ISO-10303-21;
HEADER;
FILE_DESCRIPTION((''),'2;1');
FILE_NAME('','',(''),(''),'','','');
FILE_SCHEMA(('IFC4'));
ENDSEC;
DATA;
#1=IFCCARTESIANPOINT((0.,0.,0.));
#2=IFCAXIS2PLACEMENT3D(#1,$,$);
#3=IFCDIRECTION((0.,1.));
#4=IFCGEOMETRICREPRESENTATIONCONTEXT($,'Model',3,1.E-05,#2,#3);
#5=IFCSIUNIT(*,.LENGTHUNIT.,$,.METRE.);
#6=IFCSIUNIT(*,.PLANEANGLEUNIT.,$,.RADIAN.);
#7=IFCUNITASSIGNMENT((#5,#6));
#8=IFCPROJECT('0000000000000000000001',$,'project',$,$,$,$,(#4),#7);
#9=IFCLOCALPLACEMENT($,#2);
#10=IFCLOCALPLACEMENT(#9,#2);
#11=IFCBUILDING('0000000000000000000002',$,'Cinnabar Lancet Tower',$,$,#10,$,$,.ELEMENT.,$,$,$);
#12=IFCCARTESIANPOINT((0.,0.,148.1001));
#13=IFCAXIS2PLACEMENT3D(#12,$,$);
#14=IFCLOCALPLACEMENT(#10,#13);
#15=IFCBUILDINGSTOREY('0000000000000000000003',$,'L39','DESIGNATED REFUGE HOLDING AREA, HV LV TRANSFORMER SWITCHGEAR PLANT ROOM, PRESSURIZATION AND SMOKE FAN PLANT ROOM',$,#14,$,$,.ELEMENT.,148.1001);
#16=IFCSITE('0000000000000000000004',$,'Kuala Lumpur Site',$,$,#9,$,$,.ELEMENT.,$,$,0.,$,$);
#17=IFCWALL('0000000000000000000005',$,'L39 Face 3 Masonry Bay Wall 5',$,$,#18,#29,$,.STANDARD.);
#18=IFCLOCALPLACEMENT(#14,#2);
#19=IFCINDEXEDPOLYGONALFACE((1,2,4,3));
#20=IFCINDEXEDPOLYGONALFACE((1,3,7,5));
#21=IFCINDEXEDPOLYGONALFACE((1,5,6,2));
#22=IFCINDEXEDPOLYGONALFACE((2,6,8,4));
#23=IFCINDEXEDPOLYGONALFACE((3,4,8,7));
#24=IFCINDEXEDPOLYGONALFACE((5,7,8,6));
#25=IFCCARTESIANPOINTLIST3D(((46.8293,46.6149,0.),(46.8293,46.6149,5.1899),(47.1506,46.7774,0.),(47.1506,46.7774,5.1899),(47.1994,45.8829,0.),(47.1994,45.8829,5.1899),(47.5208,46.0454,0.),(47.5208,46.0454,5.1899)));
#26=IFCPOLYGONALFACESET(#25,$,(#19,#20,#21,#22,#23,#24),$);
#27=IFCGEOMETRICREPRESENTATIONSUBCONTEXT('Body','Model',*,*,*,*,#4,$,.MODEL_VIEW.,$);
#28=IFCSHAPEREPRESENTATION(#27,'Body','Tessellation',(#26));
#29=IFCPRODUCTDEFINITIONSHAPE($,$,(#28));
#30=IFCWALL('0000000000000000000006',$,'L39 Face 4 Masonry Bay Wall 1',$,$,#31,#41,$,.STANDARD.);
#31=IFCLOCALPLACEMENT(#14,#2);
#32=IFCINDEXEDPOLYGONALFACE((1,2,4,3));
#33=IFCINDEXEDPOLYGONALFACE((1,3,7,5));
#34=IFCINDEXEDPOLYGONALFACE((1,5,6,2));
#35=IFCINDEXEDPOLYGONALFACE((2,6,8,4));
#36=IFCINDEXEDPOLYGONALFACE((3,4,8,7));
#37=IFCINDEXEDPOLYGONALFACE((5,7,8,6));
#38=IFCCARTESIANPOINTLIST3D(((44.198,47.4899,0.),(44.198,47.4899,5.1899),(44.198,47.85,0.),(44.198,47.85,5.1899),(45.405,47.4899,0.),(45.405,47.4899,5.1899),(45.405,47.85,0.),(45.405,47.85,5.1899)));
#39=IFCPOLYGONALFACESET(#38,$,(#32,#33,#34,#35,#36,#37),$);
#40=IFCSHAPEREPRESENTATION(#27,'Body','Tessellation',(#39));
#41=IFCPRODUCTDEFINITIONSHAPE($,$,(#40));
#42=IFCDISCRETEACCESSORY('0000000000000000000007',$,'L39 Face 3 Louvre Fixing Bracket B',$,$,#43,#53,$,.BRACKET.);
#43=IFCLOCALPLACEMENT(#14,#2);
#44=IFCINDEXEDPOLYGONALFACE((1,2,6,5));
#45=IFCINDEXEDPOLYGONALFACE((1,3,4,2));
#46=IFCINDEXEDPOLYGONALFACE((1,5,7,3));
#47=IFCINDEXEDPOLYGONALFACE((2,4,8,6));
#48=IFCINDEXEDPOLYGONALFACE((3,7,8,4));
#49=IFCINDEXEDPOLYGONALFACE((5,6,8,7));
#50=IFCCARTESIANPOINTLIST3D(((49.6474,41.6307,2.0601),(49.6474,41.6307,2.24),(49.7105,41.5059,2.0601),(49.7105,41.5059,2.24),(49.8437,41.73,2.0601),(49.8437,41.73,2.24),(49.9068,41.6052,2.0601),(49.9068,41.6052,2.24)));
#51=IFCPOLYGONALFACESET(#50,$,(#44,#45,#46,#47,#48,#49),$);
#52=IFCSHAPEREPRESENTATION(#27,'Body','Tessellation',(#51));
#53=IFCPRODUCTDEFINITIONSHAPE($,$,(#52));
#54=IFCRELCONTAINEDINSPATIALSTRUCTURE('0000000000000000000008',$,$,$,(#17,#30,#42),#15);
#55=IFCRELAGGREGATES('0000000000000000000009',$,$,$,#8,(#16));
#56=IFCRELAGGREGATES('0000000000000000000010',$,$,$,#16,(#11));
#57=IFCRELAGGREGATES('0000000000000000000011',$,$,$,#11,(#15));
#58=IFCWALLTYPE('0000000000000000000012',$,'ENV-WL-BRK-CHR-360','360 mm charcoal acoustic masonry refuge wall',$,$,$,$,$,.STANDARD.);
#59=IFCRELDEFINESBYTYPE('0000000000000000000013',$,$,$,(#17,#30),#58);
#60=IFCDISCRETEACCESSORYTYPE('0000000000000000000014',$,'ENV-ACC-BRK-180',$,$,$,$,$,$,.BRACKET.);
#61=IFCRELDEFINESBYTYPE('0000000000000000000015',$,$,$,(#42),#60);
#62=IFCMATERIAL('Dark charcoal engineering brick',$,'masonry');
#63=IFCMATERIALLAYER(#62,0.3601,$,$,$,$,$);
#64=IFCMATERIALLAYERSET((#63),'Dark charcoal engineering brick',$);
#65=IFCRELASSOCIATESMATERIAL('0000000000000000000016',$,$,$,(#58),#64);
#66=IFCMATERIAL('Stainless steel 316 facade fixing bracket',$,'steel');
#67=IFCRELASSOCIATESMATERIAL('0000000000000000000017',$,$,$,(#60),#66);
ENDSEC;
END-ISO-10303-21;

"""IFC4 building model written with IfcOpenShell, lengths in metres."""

from ifc_helpers import new_model, si_unit, direction, frame, frame_2d, origin, origin_2d, place, context, subcontext, project, spatial, rectangle, extrude, material, layer, layer_set, type_object, element, save


model = new_model("IFC4")

# Units and contexts
model_context = context("Model", 3, precision=1e-05, world=origin(), true_north=direction((0.0, 1.0)))
body_context = subcontext(model_context, "Body", "Model", "MODEL_VIEW")
ifc_project = project(units=[si_unit("LENGTHUNIT", "METRE"), si_unit("PLANEANGLEUNIT", "RADIAN")], contexts=[model_context])

# Site, building, storey
site_placement = place(None, origin())
site = spatial("IfcSite", under=ifc_project, at=site_placement, Name="Kuala Lumpur Site", CompositionType="ELEMENT", RefElevation=0.0)
building_placement = place(site_placement, origin())
building = spatial("IfcBuilding", under=site, at=building_placement, Name="Cinnabar Lancet Tower", CompositionType="ELEMENT")
storey_placement = place(building_placement, frame((0.0, 0.0, 148.1001)))
storey = spatial("IfcBuildingStorey", under=building, at=storey_placement, Name="L39", Description="DESIGNATED REFUGE HOLDING AREA, HV LV TRANSFORMER SWITCHGEAR PLANT ROOM, PRESSURIZATION AND SMOKE FAN PLANT ROOM", CompositionType="ELEMENT", Elevation=148.1001)

# Walls
ifc_material_1 = material(Name="Dark charcoal engineering brick", Category="masonry")
ifc_layer_1 = layer(ifc_material_1, 0.3601)
ifc_layer_set_1 = layer_set([ifc_layer_1], Name="Dark charcoal engineering brick")
wall_type = type_object("IfcWallType", Name="ENV-WL-BRK-CHR-360", Description="360 mm charcoal acoustic masonry refuge wall", PredefinedType="STANDARD", material=ifc_layer_set_1)
wall_1_placement = place(storey_placement, frame((47.3601, 45.9641, 0.0), z_axis=(0.0, 0.0, 1.0), x_axis=(-0.451257, 0.892394, 0.0)))
element("IfcWall", 1, at=wall_1_placement, inside=storey, type_object=wall_type, Name="L39 Face 3 Masonry Bay Wall 5", PredefinedType="STANDARD", context=body_context, shape_type="SweptSolid", body=[
    extrude(rectangle(XDim=0.8203, YDim=0.3601, at=frame_2d((0.4102, 0.0))), origin(), (0.0, 0.0, 1.0), 5.1899),
])
wall_2_placement = place(storey_placement, frame((45.405, 47.6699, 0.0), z_axis=(0.0, 0.0, 1.0), x_axis=(-1.0, 0.0, 0.0)))
element("IfcWall", 2, at=wall_2_placement, inside=storey, type_object=wall_type, Name="L39 Face 4 Masonry Bay Wall 1", PredefinedType="STANDARD", context=body_context, shape_type="SweptSolid", body=[
    extrude(rectangle(XDim=1.207, YDim=0.3601, at=frame_2d((0.6035, 0.0))), origin(), (0.0, 0.0, 1.0), 5.1899),
])

# Discrete accessory
ifc_material_2 = material(Name="Stainless steel 316 facade fixing bracket", Category="steel")
discrete_accessory_type = type_object("IfcDiscreteAccessoryType", Name="ENV-ACC-BRK-180", PredefinedType="BRACKET", material=ifc_material_2)
discrete_accessory_placement = place(storey_placement, frame((49.7771, 41.6179, 2.0601), z_axis=(0.0, 0.0, 1.0), x_axis=(-0.451423, 0.89231, 0.0)))
element("IfcDiscreteAccessory", 3, at=discrete_accessory_placement, inside=storey, type_object=discrete_accessory_type, Name="L39 Face 3 Louvre Fixing Bracket B", PredefinedType="BRACKET", context=body_context, shape_type="SweptSolid", body=[
    extrude(rectangle(XDim=0.1399, YDim=0.22, at=origin_2d()), origin(), (0.0, 0.0, 1.0), 0.1799),
])

save(model, "model.ifc")
